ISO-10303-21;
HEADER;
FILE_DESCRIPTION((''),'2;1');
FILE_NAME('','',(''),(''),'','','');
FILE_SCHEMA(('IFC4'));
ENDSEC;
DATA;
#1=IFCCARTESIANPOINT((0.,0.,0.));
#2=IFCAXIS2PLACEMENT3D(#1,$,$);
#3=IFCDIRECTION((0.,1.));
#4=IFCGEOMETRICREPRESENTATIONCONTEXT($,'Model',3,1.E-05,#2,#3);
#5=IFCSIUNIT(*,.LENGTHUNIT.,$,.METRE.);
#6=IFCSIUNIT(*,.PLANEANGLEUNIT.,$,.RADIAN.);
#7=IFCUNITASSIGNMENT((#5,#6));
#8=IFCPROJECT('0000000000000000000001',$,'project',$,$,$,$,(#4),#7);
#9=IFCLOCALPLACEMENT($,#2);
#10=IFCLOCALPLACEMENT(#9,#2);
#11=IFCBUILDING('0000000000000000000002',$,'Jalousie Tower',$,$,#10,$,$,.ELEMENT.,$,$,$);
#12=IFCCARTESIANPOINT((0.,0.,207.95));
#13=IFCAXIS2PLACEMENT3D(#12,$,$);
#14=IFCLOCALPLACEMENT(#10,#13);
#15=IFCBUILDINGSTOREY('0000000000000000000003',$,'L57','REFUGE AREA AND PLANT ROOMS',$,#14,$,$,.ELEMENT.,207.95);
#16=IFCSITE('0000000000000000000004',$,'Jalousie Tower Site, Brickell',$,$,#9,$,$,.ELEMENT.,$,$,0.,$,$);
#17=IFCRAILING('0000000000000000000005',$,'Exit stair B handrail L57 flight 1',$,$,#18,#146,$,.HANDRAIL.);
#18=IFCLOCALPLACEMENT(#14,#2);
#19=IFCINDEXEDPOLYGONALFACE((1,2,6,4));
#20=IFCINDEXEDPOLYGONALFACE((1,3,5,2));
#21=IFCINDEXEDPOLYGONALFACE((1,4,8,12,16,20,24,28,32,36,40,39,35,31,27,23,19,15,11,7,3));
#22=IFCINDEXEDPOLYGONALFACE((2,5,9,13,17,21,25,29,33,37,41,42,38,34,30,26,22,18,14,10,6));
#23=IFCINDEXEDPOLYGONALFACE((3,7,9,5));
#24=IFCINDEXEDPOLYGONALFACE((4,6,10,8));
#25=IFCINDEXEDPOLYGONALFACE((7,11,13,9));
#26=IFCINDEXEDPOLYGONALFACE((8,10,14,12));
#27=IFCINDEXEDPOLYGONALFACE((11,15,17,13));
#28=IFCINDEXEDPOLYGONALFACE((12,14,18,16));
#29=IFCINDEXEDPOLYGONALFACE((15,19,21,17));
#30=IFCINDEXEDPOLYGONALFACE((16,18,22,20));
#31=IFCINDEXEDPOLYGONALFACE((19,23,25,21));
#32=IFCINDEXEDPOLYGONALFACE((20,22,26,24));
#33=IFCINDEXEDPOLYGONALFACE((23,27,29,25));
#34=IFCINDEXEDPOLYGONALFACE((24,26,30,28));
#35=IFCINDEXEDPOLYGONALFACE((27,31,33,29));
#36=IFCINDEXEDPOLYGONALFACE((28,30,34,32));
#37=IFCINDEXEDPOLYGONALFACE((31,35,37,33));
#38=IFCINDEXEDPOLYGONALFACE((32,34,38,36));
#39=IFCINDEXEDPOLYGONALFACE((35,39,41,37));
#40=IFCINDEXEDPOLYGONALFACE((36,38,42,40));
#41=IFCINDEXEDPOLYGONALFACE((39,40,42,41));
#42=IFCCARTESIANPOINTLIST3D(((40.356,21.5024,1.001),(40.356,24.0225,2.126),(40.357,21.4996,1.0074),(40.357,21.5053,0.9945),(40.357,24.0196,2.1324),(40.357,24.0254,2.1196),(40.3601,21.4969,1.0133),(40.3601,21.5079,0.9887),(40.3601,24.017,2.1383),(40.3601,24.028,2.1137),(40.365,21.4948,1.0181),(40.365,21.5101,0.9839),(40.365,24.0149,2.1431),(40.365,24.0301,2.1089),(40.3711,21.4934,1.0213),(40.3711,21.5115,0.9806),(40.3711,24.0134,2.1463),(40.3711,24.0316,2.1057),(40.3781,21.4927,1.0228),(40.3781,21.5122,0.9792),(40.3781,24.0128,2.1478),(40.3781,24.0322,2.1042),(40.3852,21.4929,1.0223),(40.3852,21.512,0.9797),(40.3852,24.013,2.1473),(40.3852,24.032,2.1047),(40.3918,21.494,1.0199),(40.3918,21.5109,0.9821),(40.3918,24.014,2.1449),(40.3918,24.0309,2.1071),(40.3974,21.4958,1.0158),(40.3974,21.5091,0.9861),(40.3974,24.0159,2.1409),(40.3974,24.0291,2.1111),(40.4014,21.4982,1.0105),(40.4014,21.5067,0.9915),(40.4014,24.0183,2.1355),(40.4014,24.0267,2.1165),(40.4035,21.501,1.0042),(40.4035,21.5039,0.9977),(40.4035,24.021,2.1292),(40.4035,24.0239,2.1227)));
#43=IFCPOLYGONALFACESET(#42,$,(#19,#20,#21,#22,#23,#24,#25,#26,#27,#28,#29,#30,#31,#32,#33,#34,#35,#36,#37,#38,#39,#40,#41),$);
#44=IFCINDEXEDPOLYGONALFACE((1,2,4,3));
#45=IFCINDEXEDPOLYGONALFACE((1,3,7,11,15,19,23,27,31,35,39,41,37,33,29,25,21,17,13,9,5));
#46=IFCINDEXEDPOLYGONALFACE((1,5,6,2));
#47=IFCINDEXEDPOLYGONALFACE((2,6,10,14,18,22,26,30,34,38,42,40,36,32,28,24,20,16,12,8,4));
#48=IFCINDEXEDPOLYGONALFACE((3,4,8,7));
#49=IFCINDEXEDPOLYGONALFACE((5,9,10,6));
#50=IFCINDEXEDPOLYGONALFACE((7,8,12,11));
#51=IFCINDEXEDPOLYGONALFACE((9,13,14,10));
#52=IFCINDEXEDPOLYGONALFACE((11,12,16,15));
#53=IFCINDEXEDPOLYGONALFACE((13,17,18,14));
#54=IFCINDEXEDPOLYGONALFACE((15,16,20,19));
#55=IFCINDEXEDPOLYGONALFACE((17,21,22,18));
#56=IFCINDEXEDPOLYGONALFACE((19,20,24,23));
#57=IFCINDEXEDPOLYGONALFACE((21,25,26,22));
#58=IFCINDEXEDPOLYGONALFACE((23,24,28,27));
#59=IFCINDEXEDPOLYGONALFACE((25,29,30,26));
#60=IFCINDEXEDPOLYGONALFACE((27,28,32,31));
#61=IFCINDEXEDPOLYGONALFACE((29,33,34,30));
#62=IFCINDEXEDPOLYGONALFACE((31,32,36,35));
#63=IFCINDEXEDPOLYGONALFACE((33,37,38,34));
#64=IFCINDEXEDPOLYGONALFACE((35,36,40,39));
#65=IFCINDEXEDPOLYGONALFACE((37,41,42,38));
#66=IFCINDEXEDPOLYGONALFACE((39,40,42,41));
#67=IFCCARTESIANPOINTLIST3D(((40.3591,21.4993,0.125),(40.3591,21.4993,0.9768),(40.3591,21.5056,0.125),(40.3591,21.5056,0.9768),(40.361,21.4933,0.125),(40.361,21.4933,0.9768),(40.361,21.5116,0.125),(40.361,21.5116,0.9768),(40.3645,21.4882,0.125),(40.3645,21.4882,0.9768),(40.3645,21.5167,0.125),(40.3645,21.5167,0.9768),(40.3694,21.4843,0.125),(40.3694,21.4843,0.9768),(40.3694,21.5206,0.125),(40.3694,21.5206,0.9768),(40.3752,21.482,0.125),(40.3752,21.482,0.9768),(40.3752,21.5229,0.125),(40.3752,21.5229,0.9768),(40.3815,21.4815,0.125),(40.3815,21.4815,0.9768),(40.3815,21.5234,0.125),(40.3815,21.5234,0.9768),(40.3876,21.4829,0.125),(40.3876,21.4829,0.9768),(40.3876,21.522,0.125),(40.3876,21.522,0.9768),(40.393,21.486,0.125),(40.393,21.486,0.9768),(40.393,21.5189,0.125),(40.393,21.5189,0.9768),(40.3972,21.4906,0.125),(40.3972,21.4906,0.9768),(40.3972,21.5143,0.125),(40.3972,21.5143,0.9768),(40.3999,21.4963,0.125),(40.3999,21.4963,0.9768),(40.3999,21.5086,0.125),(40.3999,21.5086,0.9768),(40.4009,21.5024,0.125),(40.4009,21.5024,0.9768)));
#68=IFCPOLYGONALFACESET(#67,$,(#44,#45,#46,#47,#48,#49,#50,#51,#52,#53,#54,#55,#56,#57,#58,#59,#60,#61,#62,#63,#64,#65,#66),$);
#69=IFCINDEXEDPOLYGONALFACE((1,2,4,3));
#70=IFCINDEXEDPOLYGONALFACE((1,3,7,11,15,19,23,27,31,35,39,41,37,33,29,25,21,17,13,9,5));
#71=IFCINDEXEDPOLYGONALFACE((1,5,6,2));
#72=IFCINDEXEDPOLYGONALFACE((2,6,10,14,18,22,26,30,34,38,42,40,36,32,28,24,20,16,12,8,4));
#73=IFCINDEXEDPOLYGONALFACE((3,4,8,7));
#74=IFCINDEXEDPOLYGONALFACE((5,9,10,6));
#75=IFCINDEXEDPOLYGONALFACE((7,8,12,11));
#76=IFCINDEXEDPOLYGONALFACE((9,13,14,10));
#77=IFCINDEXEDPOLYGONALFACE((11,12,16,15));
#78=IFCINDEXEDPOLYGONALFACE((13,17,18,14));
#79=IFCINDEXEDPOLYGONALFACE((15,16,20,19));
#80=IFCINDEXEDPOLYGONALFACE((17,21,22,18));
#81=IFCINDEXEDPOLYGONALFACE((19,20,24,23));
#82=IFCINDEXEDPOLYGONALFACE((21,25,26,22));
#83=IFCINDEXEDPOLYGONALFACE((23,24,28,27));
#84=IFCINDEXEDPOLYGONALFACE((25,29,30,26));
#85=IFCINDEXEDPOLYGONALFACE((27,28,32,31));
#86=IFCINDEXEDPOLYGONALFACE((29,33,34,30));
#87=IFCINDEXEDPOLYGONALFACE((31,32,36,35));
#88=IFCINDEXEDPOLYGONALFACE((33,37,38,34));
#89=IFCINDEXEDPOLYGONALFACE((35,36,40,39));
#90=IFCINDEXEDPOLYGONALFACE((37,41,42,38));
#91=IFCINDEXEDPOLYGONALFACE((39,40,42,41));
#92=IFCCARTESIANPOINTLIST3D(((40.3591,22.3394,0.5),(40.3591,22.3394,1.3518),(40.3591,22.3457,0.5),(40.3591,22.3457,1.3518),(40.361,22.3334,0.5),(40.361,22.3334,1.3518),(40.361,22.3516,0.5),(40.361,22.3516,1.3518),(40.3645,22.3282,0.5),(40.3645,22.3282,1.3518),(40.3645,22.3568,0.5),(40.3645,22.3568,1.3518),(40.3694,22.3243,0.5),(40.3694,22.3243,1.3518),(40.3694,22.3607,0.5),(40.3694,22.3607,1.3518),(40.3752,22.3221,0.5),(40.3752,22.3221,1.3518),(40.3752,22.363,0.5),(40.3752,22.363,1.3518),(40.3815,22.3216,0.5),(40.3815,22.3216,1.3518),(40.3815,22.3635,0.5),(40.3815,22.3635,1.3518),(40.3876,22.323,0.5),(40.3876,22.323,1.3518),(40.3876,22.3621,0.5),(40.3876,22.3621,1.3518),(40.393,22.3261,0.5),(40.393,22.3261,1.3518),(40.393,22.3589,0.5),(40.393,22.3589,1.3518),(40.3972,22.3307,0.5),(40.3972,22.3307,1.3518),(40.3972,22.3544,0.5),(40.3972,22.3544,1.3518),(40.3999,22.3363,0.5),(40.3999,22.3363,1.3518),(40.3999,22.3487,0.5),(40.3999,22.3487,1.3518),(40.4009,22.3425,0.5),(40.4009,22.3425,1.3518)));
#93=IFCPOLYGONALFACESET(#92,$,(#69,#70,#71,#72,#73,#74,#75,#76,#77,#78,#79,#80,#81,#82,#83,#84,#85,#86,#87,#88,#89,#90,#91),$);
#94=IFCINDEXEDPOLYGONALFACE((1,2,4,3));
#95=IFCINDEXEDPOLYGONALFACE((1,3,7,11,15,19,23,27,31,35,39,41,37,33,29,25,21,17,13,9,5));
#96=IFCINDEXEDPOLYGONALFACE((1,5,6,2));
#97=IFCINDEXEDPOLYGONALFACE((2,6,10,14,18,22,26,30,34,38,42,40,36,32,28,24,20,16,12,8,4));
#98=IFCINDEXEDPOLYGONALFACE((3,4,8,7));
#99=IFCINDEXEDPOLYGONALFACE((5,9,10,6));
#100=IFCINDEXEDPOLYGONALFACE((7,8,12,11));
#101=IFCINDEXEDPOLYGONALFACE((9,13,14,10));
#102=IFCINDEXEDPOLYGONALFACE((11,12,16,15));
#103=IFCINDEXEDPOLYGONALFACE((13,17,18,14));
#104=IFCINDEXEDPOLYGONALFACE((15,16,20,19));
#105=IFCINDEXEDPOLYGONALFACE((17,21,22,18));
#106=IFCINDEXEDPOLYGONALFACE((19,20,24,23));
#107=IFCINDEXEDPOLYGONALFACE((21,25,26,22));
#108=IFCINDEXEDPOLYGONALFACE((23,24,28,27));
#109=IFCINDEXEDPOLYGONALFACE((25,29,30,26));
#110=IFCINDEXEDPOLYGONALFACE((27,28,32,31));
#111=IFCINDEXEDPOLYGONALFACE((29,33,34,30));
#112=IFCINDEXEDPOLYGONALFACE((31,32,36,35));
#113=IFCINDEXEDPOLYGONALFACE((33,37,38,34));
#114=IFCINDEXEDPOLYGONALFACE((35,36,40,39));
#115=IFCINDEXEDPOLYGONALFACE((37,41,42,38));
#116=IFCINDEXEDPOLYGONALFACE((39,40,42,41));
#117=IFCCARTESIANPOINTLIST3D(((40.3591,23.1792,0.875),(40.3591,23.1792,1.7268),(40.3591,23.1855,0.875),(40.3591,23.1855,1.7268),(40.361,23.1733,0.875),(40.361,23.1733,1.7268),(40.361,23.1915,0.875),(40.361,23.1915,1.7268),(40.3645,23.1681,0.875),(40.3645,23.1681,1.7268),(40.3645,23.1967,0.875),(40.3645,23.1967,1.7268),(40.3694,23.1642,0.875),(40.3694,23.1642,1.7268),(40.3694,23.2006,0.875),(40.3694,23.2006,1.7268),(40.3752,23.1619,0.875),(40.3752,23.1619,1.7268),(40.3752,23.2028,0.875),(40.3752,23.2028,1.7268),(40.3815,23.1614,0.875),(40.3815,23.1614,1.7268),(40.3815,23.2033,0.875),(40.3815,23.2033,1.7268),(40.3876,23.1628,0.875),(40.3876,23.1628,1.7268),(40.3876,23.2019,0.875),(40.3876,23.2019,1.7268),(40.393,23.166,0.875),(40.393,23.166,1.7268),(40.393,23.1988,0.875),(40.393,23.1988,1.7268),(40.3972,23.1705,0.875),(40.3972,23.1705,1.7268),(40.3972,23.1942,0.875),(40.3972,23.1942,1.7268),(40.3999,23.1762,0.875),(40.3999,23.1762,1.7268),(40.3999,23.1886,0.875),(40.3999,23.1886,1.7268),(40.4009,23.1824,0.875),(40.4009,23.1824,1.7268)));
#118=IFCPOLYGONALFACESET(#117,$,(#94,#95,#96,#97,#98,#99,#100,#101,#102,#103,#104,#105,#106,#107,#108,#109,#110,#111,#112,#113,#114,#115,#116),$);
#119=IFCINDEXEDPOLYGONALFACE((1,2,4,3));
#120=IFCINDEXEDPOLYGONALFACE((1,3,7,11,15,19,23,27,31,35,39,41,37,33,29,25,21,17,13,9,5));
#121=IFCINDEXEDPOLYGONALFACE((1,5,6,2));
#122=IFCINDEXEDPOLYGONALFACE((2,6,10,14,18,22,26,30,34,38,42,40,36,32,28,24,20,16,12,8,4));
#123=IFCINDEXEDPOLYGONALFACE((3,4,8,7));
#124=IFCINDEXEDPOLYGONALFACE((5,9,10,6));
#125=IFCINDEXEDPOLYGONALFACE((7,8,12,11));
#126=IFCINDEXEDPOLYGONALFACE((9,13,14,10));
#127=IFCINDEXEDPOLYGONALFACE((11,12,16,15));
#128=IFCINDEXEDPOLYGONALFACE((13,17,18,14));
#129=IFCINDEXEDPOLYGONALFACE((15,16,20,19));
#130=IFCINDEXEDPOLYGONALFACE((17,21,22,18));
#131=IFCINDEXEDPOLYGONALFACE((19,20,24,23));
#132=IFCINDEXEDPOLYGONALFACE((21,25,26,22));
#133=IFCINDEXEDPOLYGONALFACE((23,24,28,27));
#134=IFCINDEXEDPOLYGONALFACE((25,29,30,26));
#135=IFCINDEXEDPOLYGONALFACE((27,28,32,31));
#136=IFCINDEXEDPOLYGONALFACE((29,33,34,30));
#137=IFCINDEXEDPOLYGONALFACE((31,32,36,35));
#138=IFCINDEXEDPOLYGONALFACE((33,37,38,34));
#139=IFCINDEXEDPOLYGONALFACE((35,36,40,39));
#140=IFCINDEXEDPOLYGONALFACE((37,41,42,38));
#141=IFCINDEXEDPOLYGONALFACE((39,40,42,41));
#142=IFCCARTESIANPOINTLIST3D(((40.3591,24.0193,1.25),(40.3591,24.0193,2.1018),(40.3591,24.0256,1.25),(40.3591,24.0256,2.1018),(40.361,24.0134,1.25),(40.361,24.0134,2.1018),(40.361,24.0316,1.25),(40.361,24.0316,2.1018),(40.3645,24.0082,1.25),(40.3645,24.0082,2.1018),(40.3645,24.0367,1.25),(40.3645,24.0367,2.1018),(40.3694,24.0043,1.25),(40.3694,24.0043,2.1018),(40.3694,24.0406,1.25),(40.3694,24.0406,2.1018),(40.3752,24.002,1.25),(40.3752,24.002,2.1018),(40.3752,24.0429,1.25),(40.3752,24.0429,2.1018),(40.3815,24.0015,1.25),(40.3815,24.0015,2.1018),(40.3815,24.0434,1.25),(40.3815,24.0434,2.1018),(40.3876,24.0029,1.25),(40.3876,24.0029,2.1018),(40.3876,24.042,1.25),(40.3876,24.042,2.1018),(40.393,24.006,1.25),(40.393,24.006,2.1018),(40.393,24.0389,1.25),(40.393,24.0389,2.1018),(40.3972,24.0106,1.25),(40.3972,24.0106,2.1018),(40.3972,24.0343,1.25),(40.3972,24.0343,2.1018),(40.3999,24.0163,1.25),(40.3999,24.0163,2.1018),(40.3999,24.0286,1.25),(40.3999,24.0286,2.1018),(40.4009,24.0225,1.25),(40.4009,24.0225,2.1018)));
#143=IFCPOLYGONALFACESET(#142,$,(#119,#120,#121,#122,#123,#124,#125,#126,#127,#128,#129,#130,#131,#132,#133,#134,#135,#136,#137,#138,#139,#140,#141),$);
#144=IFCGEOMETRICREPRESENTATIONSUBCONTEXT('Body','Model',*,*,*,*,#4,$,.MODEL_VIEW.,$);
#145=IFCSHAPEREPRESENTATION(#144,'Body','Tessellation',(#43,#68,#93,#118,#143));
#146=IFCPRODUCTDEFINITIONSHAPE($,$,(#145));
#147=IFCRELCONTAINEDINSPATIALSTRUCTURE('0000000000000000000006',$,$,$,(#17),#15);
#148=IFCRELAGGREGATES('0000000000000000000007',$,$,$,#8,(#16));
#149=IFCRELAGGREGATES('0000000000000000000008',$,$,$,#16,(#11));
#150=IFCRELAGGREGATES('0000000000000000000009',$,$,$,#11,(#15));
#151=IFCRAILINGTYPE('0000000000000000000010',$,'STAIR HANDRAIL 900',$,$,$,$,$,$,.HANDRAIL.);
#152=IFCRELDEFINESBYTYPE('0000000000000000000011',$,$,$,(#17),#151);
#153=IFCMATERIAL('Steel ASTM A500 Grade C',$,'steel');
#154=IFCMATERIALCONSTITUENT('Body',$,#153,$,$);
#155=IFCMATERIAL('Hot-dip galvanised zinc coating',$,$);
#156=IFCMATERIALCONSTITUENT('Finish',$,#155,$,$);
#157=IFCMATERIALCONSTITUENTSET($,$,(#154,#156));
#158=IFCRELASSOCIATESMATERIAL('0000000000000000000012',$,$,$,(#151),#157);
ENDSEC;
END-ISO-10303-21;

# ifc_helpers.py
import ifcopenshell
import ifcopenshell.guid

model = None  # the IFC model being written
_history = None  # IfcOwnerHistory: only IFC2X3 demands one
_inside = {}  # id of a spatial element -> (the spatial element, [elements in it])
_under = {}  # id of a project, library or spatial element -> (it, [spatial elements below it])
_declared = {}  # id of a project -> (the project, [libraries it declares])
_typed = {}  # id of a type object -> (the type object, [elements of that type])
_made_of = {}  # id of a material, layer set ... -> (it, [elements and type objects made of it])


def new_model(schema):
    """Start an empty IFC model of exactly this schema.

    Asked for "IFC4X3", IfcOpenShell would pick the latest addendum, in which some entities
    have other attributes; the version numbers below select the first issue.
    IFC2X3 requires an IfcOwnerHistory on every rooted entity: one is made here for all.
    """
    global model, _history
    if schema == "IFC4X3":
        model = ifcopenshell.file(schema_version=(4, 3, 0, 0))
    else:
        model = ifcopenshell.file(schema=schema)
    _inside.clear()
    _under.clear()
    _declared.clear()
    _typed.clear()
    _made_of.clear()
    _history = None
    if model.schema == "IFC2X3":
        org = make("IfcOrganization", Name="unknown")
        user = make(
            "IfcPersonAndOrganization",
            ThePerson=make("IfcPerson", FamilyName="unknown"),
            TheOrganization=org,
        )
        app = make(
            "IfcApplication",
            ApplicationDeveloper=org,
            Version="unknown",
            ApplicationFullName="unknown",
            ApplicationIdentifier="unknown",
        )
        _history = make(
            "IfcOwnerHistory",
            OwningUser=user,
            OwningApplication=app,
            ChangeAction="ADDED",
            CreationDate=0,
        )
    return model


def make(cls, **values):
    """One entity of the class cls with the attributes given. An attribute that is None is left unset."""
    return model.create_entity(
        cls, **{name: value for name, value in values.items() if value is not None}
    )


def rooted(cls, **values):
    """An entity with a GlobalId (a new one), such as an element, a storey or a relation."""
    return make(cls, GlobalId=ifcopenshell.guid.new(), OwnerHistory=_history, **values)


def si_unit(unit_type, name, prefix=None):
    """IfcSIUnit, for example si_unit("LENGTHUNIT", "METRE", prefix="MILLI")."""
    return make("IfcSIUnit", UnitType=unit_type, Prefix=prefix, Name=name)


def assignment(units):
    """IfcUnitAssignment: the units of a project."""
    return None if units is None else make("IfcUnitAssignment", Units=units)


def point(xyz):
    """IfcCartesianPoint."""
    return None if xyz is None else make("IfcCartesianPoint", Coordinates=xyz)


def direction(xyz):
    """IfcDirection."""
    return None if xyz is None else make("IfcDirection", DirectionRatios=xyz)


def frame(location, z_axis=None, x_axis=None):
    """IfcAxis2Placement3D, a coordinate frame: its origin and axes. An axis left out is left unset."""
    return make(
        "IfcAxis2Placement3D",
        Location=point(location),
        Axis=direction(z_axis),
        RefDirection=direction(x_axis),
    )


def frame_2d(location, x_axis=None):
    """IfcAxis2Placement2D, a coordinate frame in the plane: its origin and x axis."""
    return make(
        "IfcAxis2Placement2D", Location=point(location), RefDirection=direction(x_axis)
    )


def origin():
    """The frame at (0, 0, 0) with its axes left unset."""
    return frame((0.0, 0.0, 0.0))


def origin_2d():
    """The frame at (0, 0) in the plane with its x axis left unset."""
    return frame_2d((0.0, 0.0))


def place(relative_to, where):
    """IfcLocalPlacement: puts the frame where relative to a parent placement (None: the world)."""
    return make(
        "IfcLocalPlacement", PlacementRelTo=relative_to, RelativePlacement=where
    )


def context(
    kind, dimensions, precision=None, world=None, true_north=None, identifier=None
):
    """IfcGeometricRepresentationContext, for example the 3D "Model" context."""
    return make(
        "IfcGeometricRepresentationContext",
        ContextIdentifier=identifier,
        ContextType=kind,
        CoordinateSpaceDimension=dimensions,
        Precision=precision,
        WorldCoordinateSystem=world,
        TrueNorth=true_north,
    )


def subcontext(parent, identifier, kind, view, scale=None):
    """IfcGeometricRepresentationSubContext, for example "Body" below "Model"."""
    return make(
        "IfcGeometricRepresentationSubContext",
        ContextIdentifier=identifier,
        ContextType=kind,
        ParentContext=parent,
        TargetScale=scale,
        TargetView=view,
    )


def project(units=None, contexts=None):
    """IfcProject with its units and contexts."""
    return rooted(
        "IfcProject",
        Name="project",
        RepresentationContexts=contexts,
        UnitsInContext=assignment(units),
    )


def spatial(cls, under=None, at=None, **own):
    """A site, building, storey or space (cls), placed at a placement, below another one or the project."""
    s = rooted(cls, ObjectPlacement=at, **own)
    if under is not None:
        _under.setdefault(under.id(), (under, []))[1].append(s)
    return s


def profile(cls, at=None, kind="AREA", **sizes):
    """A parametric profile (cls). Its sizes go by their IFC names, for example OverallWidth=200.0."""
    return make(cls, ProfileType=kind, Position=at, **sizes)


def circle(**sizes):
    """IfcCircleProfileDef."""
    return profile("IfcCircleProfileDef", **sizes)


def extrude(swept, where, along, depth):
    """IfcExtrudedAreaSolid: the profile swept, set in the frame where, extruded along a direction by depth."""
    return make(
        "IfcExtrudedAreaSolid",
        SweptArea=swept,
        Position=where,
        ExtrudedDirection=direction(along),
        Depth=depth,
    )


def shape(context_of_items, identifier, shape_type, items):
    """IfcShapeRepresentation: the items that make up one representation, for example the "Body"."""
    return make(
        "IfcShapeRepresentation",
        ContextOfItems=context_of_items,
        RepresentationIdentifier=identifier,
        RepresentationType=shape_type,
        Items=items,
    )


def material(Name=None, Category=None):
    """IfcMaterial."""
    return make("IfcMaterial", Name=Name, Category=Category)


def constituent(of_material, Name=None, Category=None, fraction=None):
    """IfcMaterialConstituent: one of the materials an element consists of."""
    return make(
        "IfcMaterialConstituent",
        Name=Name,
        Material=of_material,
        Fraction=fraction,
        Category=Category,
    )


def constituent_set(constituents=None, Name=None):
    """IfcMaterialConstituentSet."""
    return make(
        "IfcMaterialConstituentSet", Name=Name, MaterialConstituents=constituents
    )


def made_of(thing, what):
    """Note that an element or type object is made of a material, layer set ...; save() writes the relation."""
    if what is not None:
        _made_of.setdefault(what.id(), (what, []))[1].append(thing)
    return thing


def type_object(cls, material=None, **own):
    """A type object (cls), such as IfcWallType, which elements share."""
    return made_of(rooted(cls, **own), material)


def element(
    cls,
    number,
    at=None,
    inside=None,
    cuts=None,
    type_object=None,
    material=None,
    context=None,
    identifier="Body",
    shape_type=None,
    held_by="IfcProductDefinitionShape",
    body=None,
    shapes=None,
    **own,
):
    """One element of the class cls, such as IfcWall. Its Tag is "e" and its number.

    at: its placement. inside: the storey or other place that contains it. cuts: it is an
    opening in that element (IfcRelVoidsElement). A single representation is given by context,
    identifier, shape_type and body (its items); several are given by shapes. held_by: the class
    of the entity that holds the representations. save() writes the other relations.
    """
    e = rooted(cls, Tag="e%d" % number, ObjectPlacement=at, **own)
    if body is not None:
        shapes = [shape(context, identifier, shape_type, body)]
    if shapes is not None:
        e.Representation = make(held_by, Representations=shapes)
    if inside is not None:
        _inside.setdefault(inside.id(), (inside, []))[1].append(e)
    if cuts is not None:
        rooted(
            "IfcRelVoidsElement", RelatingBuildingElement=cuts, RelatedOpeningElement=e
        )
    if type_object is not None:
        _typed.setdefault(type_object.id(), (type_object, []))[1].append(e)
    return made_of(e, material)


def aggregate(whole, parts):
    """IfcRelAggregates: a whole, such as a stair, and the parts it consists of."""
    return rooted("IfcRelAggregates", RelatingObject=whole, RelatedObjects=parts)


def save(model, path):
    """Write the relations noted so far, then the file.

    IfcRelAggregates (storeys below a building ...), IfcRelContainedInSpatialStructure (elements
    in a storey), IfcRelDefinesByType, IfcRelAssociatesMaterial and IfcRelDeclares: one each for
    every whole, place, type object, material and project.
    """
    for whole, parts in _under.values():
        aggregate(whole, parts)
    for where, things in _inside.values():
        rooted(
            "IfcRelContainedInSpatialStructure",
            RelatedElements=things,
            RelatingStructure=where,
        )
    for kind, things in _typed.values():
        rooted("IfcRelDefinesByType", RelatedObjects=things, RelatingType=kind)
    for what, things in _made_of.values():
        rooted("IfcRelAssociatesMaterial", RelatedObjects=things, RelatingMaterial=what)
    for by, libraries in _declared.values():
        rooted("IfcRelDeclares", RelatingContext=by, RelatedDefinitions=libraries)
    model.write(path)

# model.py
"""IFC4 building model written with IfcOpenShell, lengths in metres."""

from ifc_helpers import new_model, si_unit, direction, frame, origin, origin_2d, place, context, subcontext, project, spatial, circle, extrude, material, constituent, constituent_set, type_object, element, save


model = new_model("IFC4")

# Units and contexts
model_context = context("Model", 3, precision=1e-05, world=origin(), true_north=direction((0.0, 1.0)))
body_context = subcontext(model_context, "Body", "Model", "MODEL_VIEW")
ifc_project = project(units=[si_unit("LENGTHUNIT", "METRE"), si_unit("PLANEANGLEUNIT", "RADIAN")], contexts=[model_context])

# Site, building, storey
site_placement = place(None, origin())
site = spatial("IfcSite", under=ifc_project, at=site_placement, Name="Jalousie Tower Site, Brickell", CompositionType="ELEMENT", RefElevation=0.0)
building_placement = place(site_placement, origin())
building = spatial("IfcBuilding", under=site, at=building_placement, Name="Jalousie Tower", CompositionType="ELEMENT")
storey_placement = place(building_placement, frame((0.0, 0.0, 207.95)))
storey = spatial("IfcBuildingStorey", under=building, at=storey_placement, Name="L57", Description="REFUGE AREA AND PLANT ROOMS", CompositionType="ELEMENT", Elevation=207.95)

# Railing
ifc_material_1 = material(Name="Steel ASTM A500 Grade C", Category="steel")
ifc_constituent_1 = constituent(ifc_material_1, Name="Body")
ifc_material_2 = material(Name="Hot-dip galvanised zinc coating")
ifc_constituent_2 = constituent(ifc_material_2, Name="Finish")
ifc_constituent_set_1 = constituent_set(constituents=[ifc_constituent_1, ifc_constituent_2])
railing_type_1 = type_object("IfcRailingType", Name="STAIR HANDRAIL 900", PredefinedType="HANDRAIL", material=ifc_constituent_set_1)
for number, where, name in (
    (1, (40.3799, 21.5024, 0.125), "Exit stair B handrail L57 flight 1"),
):
    element("IfcRailing", number, at=place(storey_placement, frame(where)), inside=storey, type_object=railing_type_1, Name=name, PredefinedType="HANDRAIL", context=body_context, shape_type="SweptSolid", body=[
        extrude(circle(Radius=0.0239, at=origin_2d()), frame((0.0, 0.0, 0.876), z_axis=(0.0, 0.913139, 0.407648), x_axis=(-1.0, 0.0, 0.0)), (0.0, 0.0, 1.0), 2.7598),
        extrude(circle(Radius=0.021, at=origin_2d()), origin(), (0.0, 0.0, 1.0), 0.8518),
        extrude(circle(Radius=0.021, at=origin_2d()), frame((0.0, 0.8401, 0.375)), (0.0, 0.0, 1.0), 0.8518),
        extrude(circle(Radius=0.021, at=origin_2d()), frame((0.0, 1.6799, 0.75)), (0.0, 0.0, 1.0), 0.8518),
        extrude(circle(Radius=0.021, at=origin_2d()), frame((0.0, 2.52, 1.125)), (0.0, 0.0, 1.0), 0.8518),
    ])

save(model, "model.ifc")
